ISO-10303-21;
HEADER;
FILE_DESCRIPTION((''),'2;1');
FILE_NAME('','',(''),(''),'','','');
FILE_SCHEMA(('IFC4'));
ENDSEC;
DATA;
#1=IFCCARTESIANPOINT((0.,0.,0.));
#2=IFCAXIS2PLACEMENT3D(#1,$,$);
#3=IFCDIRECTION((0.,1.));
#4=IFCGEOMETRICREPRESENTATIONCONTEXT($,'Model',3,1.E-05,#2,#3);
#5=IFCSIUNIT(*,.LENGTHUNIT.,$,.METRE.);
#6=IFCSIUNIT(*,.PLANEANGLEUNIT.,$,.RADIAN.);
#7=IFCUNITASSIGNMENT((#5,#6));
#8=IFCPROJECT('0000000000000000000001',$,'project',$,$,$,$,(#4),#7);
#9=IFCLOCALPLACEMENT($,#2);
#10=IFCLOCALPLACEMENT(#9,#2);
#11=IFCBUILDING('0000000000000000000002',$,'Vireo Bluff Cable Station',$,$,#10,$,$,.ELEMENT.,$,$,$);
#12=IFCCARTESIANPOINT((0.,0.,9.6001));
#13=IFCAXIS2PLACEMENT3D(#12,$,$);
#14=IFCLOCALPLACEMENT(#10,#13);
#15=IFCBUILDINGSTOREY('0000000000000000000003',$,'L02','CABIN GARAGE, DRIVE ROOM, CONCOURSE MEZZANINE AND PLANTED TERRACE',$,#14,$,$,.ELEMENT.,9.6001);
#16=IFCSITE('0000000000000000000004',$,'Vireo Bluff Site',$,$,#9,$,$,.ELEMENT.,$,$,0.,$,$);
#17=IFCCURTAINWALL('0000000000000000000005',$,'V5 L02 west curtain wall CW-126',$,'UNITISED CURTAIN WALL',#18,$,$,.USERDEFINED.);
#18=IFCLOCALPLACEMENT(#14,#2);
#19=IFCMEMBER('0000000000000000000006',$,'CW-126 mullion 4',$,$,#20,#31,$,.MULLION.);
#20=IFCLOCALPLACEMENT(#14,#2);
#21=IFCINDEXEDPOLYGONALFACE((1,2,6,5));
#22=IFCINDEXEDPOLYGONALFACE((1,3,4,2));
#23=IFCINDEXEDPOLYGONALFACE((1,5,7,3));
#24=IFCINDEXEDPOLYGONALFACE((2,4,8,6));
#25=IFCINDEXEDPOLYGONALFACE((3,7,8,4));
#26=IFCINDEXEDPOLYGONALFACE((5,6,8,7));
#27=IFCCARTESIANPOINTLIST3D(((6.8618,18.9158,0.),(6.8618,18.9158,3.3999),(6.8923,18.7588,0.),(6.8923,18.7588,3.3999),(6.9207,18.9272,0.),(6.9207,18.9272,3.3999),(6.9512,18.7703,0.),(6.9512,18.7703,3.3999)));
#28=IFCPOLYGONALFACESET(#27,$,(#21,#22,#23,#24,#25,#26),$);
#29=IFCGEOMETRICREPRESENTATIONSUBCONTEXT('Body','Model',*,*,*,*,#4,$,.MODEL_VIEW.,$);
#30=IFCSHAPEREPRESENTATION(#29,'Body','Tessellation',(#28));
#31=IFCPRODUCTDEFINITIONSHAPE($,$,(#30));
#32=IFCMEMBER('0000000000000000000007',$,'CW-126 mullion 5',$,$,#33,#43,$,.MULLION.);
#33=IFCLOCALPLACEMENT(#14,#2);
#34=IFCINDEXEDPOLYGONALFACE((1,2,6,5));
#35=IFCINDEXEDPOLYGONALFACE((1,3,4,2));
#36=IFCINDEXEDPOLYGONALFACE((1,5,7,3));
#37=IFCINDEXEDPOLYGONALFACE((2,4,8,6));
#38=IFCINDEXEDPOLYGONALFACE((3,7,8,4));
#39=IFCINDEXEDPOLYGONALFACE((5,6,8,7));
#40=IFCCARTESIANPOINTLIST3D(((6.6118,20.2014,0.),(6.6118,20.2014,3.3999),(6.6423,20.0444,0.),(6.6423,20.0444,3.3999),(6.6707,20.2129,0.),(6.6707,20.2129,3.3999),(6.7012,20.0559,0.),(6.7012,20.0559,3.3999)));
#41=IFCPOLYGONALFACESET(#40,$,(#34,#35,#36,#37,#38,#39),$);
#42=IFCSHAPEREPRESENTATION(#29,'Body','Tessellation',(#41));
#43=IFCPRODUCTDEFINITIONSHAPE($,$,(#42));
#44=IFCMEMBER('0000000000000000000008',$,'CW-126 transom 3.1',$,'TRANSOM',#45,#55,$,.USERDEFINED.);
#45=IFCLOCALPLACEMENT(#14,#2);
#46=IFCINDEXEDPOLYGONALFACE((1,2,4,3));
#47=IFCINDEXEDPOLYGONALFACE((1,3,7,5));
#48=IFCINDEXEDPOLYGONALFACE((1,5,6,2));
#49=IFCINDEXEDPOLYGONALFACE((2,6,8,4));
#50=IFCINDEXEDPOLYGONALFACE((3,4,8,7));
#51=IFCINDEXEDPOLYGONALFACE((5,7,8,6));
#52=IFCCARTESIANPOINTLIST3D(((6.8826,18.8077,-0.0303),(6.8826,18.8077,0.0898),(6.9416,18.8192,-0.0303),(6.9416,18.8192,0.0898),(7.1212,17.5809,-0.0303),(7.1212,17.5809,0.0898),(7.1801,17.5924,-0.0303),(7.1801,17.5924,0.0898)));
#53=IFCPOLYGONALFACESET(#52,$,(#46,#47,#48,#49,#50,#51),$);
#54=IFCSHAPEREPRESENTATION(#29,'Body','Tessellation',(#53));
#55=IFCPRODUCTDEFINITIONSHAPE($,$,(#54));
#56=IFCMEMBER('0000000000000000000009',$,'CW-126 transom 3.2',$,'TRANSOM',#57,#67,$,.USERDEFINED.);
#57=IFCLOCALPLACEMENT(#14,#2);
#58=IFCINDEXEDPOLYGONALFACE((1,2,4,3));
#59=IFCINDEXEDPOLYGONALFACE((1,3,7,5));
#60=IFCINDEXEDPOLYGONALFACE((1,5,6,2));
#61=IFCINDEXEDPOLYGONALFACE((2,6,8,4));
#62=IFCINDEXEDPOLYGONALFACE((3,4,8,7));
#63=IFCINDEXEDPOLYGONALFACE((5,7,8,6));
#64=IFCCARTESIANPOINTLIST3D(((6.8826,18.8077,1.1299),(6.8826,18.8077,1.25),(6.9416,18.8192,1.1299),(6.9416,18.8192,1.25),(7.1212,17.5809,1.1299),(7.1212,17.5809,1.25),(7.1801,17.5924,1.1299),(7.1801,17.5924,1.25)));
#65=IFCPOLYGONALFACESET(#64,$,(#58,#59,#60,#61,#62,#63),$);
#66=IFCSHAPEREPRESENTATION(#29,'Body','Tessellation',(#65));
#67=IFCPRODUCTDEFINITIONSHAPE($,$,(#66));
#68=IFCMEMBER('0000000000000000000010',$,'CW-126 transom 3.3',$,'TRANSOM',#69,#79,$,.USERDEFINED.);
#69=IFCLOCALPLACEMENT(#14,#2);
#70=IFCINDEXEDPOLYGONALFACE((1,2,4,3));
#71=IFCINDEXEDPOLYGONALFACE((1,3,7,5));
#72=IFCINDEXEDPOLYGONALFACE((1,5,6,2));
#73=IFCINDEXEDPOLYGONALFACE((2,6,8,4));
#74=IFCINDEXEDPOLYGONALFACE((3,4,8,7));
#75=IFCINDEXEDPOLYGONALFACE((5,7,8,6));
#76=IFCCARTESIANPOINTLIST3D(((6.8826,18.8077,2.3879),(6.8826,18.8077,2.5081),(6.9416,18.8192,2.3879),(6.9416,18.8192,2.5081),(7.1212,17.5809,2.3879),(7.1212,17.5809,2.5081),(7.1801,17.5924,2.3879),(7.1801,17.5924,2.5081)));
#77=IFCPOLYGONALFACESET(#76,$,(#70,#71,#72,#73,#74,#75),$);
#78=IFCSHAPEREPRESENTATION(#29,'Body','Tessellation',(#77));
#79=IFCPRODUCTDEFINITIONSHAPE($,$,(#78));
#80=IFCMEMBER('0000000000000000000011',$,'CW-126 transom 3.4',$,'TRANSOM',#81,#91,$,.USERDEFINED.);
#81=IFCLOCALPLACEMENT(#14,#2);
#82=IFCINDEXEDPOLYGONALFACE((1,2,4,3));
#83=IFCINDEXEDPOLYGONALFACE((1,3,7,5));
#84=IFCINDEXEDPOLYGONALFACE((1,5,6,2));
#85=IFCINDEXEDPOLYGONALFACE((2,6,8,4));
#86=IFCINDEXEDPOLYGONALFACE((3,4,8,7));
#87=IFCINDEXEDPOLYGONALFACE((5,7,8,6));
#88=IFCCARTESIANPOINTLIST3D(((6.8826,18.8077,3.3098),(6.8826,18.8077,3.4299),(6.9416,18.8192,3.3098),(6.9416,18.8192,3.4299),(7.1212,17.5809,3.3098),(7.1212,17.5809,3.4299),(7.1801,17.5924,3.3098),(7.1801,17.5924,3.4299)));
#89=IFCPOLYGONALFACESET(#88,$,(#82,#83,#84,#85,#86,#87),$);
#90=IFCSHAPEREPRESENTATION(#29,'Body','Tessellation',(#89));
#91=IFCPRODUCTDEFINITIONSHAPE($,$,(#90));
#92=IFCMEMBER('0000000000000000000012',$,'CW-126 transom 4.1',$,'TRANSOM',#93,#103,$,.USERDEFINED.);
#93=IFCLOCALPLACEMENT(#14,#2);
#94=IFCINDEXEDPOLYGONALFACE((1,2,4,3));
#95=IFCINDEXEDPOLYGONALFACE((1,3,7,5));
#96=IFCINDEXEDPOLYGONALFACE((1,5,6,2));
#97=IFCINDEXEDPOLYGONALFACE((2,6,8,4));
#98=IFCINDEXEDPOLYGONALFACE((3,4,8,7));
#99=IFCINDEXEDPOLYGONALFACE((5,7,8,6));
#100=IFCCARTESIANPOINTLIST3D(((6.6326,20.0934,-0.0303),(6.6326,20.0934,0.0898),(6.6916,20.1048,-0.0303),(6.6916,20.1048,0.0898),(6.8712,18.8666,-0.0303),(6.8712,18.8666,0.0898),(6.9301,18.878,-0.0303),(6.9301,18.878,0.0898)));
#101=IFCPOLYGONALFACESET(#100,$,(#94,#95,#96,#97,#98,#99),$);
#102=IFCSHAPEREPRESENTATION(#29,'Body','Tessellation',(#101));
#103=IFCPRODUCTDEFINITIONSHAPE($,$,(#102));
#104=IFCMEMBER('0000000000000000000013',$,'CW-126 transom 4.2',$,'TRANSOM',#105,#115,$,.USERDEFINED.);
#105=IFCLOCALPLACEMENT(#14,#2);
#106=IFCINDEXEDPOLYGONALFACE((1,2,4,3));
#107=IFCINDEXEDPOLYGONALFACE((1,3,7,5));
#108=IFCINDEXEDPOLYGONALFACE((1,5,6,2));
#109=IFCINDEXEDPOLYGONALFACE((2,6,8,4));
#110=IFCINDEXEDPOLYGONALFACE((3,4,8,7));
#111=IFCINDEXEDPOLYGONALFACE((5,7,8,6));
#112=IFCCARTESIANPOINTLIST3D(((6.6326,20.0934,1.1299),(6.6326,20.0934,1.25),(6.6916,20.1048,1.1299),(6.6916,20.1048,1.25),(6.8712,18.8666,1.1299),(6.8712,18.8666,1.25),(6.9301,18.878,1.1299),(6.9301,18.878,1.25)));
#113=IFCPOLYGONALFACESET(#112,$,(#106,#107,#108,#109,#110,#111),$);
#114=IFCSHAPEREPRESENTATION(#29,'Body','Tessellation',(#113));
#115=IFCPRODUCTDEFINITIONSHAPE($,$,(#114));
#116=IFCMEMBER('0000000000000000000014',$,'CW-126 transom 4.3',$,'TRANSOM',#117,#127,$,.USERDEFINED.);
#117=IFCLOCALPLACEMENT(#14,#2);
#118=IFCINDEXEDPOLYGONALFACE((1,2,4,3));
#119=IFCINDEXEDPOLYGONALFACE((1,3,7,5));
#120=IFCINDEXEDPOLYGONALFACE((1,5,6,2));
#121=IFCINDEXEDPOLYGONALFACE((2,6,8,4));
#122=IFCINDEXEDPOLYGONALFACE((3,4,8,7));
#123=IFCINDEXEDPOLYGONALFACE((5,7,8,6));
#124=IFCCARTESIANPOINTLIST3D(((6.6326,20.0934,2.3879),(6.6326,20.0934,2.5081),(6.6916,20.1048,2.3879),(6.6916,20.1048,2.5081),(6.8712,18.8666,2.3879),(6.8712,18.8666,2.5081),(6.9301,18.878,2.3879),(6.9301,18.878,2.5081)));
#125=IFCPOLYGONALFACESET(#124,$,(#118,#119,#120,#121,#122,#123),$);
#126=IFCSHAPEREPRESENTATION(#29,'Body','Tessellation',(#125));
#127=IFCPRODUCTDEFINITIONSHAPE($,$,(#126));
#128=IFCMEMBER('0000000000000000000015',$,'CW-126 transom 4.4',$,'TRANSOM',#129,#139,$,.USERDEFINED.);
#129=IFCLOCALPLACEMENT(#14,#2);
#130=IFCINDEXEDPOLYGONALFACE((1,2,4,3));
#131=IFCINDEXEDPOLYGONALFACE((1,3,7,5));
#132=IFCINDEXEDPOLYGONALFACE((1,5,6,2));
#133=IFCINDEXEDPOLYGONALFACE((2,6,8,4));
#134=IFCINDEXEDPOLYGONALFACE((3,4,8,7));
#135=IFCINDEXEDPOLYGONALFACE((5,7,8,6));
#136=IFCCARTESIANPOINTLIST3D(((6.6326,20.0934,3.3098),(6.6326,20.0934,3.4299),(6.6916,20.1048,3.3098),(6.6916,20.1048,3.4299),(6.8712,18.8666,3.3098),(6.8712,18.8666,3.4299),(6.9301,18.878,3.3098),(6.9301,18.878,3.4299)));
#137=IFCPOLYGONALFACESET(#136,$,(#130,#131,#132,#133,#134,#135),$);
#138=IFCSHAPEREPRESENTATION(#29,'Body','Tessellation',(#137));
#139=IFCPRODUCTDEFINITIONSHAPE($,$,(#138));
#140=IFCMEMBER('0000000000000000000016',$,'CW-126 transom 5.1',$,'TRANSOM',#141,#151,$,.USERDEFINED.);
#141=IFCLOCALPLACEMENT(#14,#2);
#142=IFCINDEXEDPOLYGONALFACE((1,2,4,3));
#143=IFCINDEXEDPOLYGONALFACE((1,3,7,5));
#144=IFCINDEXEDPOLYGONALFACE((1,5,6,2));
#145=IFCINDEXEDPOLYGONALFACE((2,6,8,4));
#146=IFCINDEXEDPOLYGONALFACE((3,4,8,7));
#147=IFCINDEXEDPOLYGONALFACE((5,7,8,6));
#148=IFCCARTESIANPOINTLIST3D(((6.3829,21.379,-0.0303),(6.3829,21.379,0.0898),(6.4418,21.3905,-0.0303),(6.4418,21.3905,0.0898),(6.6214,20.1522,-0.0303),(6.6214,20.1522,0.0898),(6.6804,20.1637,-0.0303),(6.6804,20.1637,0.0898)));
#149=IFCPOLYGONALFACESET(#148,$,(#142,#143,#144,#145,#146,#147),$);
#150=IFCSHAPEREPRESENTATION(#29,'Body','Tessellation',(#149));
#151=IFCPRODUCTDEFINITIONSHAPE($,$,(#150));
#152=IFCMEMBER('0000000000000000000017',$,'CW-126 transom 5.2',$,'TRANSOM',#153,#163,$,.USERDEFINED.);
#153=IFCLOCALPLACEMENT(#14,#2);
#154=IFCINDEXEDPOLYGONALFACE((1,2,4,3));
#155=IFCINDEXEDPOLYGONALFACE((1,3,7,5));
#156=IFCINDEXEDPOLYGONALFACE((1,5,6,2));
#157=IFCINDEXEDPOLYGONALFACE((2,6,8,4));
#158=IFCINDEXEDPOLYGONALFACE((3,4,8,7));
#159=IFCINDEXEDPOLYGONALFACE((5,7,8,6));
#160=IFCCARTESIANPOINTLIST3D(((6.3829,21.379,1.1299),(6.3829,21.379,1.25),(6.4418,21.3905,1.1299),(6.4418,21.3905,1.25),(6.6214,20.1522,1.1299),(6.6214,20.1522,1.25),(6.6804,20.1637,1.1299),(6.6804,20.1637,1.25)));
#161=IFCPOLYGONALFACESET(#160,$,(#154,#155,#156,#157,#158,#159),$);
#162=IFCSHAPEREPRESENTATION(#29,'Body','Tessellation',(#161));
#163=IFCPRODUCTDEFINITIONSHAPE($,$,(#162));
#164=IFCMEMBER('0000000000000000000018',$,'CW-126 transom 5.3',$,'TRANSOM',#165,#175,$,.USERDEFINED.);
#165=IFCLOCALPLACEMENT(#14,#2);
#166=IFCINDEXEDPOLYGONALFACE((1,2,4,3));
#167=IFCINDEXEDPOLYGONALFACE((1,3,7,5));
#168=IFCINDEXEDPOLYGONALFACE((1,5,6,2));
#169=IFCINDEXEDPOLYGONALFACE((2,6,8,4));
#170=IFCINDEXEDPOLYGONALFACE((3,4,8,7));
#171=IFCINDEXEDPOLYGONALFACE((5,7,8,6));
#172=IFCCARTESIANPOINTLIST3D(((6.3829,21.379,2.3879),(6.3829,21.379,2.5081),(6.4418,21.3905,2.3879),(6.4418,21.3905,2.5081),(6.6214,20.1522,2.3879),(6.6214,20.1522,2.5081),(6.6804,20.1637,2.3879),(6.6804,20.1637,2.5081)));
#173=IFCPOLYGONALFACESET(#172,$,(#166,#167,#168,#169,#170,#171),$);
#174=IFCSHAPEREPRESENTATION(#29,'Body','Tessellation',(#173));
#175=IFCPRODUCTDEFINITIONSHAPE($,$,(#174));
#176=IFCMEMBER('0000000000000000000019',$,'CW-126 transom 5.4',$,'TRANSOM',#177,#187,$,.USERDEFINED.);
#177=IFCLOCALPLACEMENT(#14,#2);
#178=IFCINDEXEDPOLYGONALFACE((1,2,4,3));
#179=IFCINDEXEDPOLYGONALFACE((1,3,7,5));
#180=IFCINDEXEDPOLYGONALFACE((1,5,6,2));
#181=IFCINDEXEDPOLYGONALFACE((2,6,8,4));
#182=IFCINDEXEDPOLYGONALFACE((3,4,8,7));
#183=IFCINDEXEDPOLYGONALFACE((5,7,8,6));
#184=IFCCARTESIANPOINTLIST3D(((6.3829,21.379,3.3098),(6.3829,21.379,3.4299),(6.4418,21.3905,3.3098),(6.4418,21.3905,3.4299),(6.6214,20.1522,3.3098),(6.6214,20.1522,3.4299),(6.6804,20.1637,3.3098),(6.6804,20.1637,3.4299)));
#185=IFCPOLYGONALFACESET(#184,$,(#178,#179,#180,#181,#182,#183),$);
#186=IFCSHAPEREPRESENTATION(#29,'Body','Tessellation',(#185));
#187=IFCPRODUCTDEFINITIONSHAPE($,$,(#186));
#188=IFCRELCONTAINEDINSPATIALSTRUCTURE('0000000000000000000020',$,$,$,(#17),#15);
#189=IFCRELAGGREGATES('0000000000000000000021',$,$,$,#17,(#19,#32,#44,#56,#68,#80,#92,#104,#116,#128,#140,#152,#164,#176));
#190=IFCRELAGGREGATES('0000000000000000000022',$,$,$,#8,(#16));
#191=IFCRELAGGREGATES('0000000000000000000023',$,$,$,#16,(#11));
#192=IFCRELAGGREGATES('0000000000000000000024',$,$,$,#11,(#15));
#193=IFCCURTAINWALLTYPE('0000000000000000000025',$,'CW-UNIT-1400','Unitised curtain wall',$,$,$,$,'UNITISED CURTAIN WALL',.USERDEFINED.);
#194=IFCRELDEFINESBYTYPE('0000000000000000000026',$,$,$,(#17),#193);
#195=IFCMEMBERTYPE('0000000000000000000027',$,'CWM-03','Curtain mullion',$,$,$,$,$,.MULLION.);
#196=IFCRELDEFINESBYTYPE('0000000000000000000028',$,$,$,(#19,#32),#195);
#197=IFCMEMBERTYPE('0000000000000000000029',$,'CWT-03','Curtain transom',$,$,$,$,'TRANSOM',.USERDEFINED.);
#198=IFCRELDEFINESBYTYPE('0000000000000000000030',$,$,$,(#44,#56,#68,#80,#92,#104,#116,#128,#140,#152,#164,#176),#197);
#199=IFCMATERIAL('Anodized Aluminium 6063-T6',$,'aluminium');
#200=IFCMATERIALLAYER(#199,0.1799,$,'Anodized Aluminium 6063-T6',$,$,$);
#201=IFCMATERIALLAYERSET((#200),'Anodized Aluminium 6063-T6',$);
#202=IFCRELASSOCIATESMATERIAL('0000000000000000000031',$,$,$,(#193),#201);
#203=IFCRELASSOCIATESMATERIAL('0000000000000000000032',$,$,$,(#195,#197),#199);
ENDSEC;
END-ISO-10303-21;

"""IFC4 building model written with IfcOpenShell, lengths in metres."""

from ifc_helpers import new_model, si_unit, direction, frame, origin, origin_2d, place, context, subcontext, project, spatial, rectangle, extrude, material, layer, layer_set, material_profile, profile_set, type_object, element, aggregate, save


model = new_model("IFC4")

# Units and contexts
model_context = context("Model", 3, precision=1e-05, world=origin(), true_north=direction((0.0, 1.0)))
body_context = subcontext(model_context, "Body", "Model", "MODEL_VIEW")
ifc_project = project(units=[si_unit("LENGTHUNIT", "METRE"), si_unit("PLANEANGLEUNIT", "RADIAN")], contexts=[model_context])

# Site, building, storey
site_placement = place(None, origin())
site = spatial("IfcSite", under=ifc_project, at=site_placement, Name="Vireo Bluff Site", CompositionType="ELEMENT", RefElevation=0.0)
building_placement = place(site_placement, origin())
building = spatial("IfcBuilding", under=site, at=building_placement, Name="Vireo Bluff Cable Station", CompositionType="ELEMENT")
storey_placement = place(building_placement, frame((0.0, 0.0, 9.6001)))
storey = spatial("IfcBuildingStorey", under=building, at=storey_placement, Name="L02", Description="CABIN GARAGE, DRIVE ROOM, CONCOURSE MEZZANINE AND PLANTED TERRACE", CompositionType="ELEMENT", Elevation=9.6001)

# Curtain wall, members
ifc_material_1 = material(Name="Anodized Aluminium 6063-T6", Category="aluminium")
ifc_layer_1 = layer(ifc_material_1, 0.1799, Name="Anodized Aluminium 6063-T6")
ifc_layer_set_1 = layer_set([ifc_layer_1], Name="Anodized Aluminium 6063-T6")
curtain_wall_type = type_object("IfcCurtainWallType", Name="CW-UNIT-1400", Description="Unitised curtain wall", ElementType="UNITISED CURTAIN WALL", PredefinedType="USERDEFINED", material=ifc_layer_set_1)
curtain_wall_placement = place(storey_placement, origin())
curtain_wall = element("IfcCurtainWall", 1, at=curtain_wall_placement, inside=storey, type_object=curtain_wall_type, Name="V5 L02 west curtain wall CW-126", ObjectType="UNITISED CURTAIN WALL", PredefinedType="USERDEFINED")
ifc_material_profile_1 = material_profile(ifc_material_1, rectangle(XDim=0.0601, YDim=0.1599, at=origin_2d()), Name="ALU-M-60X160")
ifc_profile_set_1 = profile_set([ifc_material_profile_1], Name="Anodized Aluminium 6063-T6")
member_type_1 = type_object("IfcMemberType", Name="CWM-03", Description="Curtain mullion", PredefinedType="MULLION", material=ifc_profile_set_1)
member_1_placement = place(storey_placement, frame((6.9065, 18.843, 0.0), z_axis=(0.0, 0.0, 1.0), x_axis=(-0.981627, -0.190809, 0.0)))
member_1 = element("IfcMember", 2, at=member_1_placement, type_object=member_type_1, Name="CW-126 mullion 4", PredefinedType="MULLION", context=body_context, shape_type="SweptSolid", body=[
    extrude(rectangle(XDim=0.0601, YDim=0.1599, at=origin_2d()), origin(), (0.0, 0.0, 1.0), 3.3999),
])
member_2_placement = place(storey_placement, frame((6.6565, 20.1287, 0.0), z_axis=(0.0, 0.0, 1.0), x_axis=(-0.981627, -0.190809, 0.0)))
member_2 = element("IfcMember", 3, at=member_2_placement, type_object=member_type_1, Name="CW-126 mullion 5", PredefinedType="MULLION", context=body_context, shape_type="SweptSolid", body=[
    extrude(rectangle(XDim=0.0601, YDim=0.1599, at=origin_2d()), origin(), (0.0, 0.0, 1.0), 3.3999),
])
ifc_material_profile_2 = material_profile(ifc_material_1, rectangle(XDim=0.0601, YDim=0.1201, at=origin_2d()), Name="ALU-T-60X120")
ifc_profile_set_2 = profile_set([ifc_material_profile_2], Name="Anodized Aluminium 6063-T6")
member_type_2 = type_object("IfcMemberType", Name="CWT-03", Description="Curtain transom", ElementType="TRANSOM", PredefinedType="USERDEFINED", material=ifc_profile_set_2)
member_3_placement = place(storey_placement, frame((7.1506, 17.5867, 0.0298), z_axis=(-0.190854, 0.981618, 0.0), x_axis=(-0.981618, -0.190854, 0.0)))
member_3 = element("IfcMember", 4, at=member_3_placement, type_object=member_type_2, Name="CW-126 transom 3.1", ObjectType="TRANSOM", PredefinedType="USERDEFINED", context=body_context, shape_type="SweptSolid", body=[
    extrude(rectangle(XDim=0.0601, YDim=0.1201, at=origin_2d()), origin(), (0.0, 0.0, 1.0), 1.2498),
])
member_4_placement = place(storey_placement, frame((7.1506, 17.5867, 1.1899), z_axis=(-0.190854, 0.981618, 0.0), x_axis=(-0.981618, -0.190854, 0.0)))
member_4 = element("IfcMember", 5, at=member_4_placement, type_object=member_type_2, Name="CW-126 transom 3.2", ObjectType="TRANSOM", PredefinedType="USERDEFINED", context=body_context, shape_type="SweptSolid", body=[
    extrude(rectangle(XDim=0.0601, YDim=0.1201, at=origin_2d()), origin(), (0.0, 0.0, 1.0), 1.2498),
])
member_5_placement = place(storey_placement, frame((7.1506, 17.5867, 2.448), z_axis=(-0.190854, 0.981618, 0.0), x_axis=(-0.981618, -0.190854, 0.0)))
member_5 = element("IfcMember", 6, at=member_5_placement, type_object=member_type_2, Name="CW-126 transom 3.3", ObjectType="TRANSOM", PredefinedType="USERDEFINED", context=body_context, shape_type="SweptSolid", body=[
    extrude(rectangle(XDim=0.0601, YDim=0.1201, at=origin_2d()), origin(), (0.0, 0.0, 1.0), 1.2498),
])
member_6_placement = place(storey_placement, frame((7.1506, 17.5867, 3.3699), z_axis=(-0.190854, 0.981618, 0.0), x_axis=(-0.981618, -0.190854, 0.0)))
member_6 = element("IfcMember", 7, at=member_6_placement, type_object=member_type_2, Name="CW-126 transom 3.4", ObjectType="TRANSOM", PredefinedType="USERDEFINED", context=body_context, shape_type="SweptSolid", body=[
    extrude(rectangle(XDim=0.0601, YDim=0.1201, at=origin_2d()), origin(), (0.0, 0.0, 1.0), 1.2498),
])
member_7_placement = place(storey_placement, frame((6.9006, 18.8723, 0.0298), z_axis=(-0.190854, 0.981618, 0.0), x_axis=(-0.981618, -0.190854, 0.0)))
member_7 = element("IfcMember", 8, at=member_7_placement, type_object=member_type_2, Name="CW-126 transom 4.1", ObjectType="TRANSOM", PredefinedType="USERDEFINED", context=body_context, shape_type="SweptSolid", body=[
    extrude(rectangle(XDim=0.0601, YDim=0.1201, at=origin_2d()), origin(), (0.0, 0.0, 1.0), 1.2498),
])
member_8_placement = place(storey_placement, frame((6.9006, 18.8723, 1.1899), z_axis=(-0.190854, 0.981618, 0.0), x_axis=(-0.981618, -0.190854, 0.0)))
member_8 = element("IfcMember", 9, at=member_8_placement, type_object=member_type_2, Name="CW-126 transom 4.2", ObjectType="TRANSOM", PredefinedType="USERDEFINED", context=body_context, shape_type="SweptSolid", body=[
    extrude(rectangle(XDim=0.0601, YDim=0.1201, at=origin_2d()), origin(), (0.0, 0.0, 1.0), 1.2498),
])
member_9_placement = place(storey_placement, frame((6.9006, 18.8723, 2.448), z_axis=(-0.190854, 0.981618, 0.0), x_axis=(-0.981618, -0.190854, 0.0)))
member_9 = element("IfcMember", 10, at=member_9_placement, type_object=member_type_2, Name="CW-126 transom 4.3", ObjectType="TRANSOM", PredefinedType="USERDEFINED", context=body_context, shape_type="SweptSolid", body=[
    extrude(rectangle(XDim=0.0601, YDim=0.1201, at=origin_2d()), origin(), (0.0, 0.0, 1.0), 1.2498),
])
member_10_placement = place(storey_placement, frame((6.9006, 18.8723, 3.3699), z_axis=(-0.190854, 0.981618, 0.0), x_axis=(-0.981618, -0.190854, 0.0)))
member_10 = element("IfcMember", 11, at=member_10_placement, type_object=member_type_2, Name="CW-126 transom 4.4", ObjectType="TRANSOM", PredefinedType="USERDEFINED", context=body_context, shape_type="SweptSolid", body=[
    extrude(rectangle(XDim=0.0601, YDim=0.1201, at=origin_2d()), origin(), (0.0, 0.0, 1.0), 1.2498),
])
member_11_placement = place(storey_placement, frame((6.6509, 20.158, 0.0298), z_axis=(-0.190854, 0.981618, 0.0), x_axis=(-0.981618, -0.190854, 0.0)))
member_11 = element("IfcMember", 12, at=member_11_placement, type_object=member_type_2, Name="CW-126 transom 5.1", ObjectType="TRANSOM", PredefinedType="USERDEFINED", context=body_context, shape_type="SweptSolid", body=[
    extrude(rectangle(XDim=0.0601, YDim=0.1201, at=origin_2d()), origin(), (0.0, 0.0, 1.0), 1.2498),
])
member_12_placement = place(storey_placement, frame((6.6509, 20.158, 1.1899), z_axis=(-0.190854, 0.981618, 0.0), x_axis=(-0.981618, -0.190854, 0.0)))
member_12 = element("IfcMember", 13, at=member_12_placement, type_object=member_type_2, Name="CW-126 transom 5.2", ObjectType="TRANSOM", PredefinedType="USERDEFINED", context=body_context, shape_type="SweptSolid", body=[
    extrude(rectangle(XDim=0.0601, YDim=0.1201, at=origin_2d()), origin(), (0.0, 0.0, 1.0), 1.2498),
])
member_13_placement = place(storey_placement, frame((6.6509, 20.158, 2.448), z_axis=(-0.190854, 0.981618, 0.0), x_axis=(-0.981618, -0.190854, 0.0)))
member_13 = element("IfcMember", 14, at=member_13_placement, type_object=member_type_2, Name="CW-126 transom 5.3", ObjectType="TRANSOM", PredefinedType="USERDEFINED", context=body_context, shape_type="SweptSolid", body=[
    extrude(rectangle(XDim=0.0601, YDim=0.1201, at=origin_2d()), origin(), (0.0, 0.0, 1.0), 1.2498),
])
member_14_placement = place(storey_placement, frame((6.6509, 20.158, 3.3699), z_axis=(-0.190854, 0.981618, 0.0), x_axis=(-0.981618, -0.190854, 0.0)))
member_14 = element("IfcMember", 15, at=member_14_placement, type_object=member_type_2, Name="CW-126 transom 5.4", ObjectType="TRANSOM", PredefinedType="USERDEFINED", context=body_context, shape_type="SweptSolid", body=[
    extrude(rectangle(XDim=0.0601, YDim=0.1201, at=origin_2d()), origin(), (0.0, 0.0, 1.0), 1.2498),
])

aggregate(curtain_wall, [member_1, member_2, member_3, member_4, member_5, member_6, member_7, member_8, member_9, member_10, member_11, member_12, member_13, member_14])

save(model, "model.ifc")
